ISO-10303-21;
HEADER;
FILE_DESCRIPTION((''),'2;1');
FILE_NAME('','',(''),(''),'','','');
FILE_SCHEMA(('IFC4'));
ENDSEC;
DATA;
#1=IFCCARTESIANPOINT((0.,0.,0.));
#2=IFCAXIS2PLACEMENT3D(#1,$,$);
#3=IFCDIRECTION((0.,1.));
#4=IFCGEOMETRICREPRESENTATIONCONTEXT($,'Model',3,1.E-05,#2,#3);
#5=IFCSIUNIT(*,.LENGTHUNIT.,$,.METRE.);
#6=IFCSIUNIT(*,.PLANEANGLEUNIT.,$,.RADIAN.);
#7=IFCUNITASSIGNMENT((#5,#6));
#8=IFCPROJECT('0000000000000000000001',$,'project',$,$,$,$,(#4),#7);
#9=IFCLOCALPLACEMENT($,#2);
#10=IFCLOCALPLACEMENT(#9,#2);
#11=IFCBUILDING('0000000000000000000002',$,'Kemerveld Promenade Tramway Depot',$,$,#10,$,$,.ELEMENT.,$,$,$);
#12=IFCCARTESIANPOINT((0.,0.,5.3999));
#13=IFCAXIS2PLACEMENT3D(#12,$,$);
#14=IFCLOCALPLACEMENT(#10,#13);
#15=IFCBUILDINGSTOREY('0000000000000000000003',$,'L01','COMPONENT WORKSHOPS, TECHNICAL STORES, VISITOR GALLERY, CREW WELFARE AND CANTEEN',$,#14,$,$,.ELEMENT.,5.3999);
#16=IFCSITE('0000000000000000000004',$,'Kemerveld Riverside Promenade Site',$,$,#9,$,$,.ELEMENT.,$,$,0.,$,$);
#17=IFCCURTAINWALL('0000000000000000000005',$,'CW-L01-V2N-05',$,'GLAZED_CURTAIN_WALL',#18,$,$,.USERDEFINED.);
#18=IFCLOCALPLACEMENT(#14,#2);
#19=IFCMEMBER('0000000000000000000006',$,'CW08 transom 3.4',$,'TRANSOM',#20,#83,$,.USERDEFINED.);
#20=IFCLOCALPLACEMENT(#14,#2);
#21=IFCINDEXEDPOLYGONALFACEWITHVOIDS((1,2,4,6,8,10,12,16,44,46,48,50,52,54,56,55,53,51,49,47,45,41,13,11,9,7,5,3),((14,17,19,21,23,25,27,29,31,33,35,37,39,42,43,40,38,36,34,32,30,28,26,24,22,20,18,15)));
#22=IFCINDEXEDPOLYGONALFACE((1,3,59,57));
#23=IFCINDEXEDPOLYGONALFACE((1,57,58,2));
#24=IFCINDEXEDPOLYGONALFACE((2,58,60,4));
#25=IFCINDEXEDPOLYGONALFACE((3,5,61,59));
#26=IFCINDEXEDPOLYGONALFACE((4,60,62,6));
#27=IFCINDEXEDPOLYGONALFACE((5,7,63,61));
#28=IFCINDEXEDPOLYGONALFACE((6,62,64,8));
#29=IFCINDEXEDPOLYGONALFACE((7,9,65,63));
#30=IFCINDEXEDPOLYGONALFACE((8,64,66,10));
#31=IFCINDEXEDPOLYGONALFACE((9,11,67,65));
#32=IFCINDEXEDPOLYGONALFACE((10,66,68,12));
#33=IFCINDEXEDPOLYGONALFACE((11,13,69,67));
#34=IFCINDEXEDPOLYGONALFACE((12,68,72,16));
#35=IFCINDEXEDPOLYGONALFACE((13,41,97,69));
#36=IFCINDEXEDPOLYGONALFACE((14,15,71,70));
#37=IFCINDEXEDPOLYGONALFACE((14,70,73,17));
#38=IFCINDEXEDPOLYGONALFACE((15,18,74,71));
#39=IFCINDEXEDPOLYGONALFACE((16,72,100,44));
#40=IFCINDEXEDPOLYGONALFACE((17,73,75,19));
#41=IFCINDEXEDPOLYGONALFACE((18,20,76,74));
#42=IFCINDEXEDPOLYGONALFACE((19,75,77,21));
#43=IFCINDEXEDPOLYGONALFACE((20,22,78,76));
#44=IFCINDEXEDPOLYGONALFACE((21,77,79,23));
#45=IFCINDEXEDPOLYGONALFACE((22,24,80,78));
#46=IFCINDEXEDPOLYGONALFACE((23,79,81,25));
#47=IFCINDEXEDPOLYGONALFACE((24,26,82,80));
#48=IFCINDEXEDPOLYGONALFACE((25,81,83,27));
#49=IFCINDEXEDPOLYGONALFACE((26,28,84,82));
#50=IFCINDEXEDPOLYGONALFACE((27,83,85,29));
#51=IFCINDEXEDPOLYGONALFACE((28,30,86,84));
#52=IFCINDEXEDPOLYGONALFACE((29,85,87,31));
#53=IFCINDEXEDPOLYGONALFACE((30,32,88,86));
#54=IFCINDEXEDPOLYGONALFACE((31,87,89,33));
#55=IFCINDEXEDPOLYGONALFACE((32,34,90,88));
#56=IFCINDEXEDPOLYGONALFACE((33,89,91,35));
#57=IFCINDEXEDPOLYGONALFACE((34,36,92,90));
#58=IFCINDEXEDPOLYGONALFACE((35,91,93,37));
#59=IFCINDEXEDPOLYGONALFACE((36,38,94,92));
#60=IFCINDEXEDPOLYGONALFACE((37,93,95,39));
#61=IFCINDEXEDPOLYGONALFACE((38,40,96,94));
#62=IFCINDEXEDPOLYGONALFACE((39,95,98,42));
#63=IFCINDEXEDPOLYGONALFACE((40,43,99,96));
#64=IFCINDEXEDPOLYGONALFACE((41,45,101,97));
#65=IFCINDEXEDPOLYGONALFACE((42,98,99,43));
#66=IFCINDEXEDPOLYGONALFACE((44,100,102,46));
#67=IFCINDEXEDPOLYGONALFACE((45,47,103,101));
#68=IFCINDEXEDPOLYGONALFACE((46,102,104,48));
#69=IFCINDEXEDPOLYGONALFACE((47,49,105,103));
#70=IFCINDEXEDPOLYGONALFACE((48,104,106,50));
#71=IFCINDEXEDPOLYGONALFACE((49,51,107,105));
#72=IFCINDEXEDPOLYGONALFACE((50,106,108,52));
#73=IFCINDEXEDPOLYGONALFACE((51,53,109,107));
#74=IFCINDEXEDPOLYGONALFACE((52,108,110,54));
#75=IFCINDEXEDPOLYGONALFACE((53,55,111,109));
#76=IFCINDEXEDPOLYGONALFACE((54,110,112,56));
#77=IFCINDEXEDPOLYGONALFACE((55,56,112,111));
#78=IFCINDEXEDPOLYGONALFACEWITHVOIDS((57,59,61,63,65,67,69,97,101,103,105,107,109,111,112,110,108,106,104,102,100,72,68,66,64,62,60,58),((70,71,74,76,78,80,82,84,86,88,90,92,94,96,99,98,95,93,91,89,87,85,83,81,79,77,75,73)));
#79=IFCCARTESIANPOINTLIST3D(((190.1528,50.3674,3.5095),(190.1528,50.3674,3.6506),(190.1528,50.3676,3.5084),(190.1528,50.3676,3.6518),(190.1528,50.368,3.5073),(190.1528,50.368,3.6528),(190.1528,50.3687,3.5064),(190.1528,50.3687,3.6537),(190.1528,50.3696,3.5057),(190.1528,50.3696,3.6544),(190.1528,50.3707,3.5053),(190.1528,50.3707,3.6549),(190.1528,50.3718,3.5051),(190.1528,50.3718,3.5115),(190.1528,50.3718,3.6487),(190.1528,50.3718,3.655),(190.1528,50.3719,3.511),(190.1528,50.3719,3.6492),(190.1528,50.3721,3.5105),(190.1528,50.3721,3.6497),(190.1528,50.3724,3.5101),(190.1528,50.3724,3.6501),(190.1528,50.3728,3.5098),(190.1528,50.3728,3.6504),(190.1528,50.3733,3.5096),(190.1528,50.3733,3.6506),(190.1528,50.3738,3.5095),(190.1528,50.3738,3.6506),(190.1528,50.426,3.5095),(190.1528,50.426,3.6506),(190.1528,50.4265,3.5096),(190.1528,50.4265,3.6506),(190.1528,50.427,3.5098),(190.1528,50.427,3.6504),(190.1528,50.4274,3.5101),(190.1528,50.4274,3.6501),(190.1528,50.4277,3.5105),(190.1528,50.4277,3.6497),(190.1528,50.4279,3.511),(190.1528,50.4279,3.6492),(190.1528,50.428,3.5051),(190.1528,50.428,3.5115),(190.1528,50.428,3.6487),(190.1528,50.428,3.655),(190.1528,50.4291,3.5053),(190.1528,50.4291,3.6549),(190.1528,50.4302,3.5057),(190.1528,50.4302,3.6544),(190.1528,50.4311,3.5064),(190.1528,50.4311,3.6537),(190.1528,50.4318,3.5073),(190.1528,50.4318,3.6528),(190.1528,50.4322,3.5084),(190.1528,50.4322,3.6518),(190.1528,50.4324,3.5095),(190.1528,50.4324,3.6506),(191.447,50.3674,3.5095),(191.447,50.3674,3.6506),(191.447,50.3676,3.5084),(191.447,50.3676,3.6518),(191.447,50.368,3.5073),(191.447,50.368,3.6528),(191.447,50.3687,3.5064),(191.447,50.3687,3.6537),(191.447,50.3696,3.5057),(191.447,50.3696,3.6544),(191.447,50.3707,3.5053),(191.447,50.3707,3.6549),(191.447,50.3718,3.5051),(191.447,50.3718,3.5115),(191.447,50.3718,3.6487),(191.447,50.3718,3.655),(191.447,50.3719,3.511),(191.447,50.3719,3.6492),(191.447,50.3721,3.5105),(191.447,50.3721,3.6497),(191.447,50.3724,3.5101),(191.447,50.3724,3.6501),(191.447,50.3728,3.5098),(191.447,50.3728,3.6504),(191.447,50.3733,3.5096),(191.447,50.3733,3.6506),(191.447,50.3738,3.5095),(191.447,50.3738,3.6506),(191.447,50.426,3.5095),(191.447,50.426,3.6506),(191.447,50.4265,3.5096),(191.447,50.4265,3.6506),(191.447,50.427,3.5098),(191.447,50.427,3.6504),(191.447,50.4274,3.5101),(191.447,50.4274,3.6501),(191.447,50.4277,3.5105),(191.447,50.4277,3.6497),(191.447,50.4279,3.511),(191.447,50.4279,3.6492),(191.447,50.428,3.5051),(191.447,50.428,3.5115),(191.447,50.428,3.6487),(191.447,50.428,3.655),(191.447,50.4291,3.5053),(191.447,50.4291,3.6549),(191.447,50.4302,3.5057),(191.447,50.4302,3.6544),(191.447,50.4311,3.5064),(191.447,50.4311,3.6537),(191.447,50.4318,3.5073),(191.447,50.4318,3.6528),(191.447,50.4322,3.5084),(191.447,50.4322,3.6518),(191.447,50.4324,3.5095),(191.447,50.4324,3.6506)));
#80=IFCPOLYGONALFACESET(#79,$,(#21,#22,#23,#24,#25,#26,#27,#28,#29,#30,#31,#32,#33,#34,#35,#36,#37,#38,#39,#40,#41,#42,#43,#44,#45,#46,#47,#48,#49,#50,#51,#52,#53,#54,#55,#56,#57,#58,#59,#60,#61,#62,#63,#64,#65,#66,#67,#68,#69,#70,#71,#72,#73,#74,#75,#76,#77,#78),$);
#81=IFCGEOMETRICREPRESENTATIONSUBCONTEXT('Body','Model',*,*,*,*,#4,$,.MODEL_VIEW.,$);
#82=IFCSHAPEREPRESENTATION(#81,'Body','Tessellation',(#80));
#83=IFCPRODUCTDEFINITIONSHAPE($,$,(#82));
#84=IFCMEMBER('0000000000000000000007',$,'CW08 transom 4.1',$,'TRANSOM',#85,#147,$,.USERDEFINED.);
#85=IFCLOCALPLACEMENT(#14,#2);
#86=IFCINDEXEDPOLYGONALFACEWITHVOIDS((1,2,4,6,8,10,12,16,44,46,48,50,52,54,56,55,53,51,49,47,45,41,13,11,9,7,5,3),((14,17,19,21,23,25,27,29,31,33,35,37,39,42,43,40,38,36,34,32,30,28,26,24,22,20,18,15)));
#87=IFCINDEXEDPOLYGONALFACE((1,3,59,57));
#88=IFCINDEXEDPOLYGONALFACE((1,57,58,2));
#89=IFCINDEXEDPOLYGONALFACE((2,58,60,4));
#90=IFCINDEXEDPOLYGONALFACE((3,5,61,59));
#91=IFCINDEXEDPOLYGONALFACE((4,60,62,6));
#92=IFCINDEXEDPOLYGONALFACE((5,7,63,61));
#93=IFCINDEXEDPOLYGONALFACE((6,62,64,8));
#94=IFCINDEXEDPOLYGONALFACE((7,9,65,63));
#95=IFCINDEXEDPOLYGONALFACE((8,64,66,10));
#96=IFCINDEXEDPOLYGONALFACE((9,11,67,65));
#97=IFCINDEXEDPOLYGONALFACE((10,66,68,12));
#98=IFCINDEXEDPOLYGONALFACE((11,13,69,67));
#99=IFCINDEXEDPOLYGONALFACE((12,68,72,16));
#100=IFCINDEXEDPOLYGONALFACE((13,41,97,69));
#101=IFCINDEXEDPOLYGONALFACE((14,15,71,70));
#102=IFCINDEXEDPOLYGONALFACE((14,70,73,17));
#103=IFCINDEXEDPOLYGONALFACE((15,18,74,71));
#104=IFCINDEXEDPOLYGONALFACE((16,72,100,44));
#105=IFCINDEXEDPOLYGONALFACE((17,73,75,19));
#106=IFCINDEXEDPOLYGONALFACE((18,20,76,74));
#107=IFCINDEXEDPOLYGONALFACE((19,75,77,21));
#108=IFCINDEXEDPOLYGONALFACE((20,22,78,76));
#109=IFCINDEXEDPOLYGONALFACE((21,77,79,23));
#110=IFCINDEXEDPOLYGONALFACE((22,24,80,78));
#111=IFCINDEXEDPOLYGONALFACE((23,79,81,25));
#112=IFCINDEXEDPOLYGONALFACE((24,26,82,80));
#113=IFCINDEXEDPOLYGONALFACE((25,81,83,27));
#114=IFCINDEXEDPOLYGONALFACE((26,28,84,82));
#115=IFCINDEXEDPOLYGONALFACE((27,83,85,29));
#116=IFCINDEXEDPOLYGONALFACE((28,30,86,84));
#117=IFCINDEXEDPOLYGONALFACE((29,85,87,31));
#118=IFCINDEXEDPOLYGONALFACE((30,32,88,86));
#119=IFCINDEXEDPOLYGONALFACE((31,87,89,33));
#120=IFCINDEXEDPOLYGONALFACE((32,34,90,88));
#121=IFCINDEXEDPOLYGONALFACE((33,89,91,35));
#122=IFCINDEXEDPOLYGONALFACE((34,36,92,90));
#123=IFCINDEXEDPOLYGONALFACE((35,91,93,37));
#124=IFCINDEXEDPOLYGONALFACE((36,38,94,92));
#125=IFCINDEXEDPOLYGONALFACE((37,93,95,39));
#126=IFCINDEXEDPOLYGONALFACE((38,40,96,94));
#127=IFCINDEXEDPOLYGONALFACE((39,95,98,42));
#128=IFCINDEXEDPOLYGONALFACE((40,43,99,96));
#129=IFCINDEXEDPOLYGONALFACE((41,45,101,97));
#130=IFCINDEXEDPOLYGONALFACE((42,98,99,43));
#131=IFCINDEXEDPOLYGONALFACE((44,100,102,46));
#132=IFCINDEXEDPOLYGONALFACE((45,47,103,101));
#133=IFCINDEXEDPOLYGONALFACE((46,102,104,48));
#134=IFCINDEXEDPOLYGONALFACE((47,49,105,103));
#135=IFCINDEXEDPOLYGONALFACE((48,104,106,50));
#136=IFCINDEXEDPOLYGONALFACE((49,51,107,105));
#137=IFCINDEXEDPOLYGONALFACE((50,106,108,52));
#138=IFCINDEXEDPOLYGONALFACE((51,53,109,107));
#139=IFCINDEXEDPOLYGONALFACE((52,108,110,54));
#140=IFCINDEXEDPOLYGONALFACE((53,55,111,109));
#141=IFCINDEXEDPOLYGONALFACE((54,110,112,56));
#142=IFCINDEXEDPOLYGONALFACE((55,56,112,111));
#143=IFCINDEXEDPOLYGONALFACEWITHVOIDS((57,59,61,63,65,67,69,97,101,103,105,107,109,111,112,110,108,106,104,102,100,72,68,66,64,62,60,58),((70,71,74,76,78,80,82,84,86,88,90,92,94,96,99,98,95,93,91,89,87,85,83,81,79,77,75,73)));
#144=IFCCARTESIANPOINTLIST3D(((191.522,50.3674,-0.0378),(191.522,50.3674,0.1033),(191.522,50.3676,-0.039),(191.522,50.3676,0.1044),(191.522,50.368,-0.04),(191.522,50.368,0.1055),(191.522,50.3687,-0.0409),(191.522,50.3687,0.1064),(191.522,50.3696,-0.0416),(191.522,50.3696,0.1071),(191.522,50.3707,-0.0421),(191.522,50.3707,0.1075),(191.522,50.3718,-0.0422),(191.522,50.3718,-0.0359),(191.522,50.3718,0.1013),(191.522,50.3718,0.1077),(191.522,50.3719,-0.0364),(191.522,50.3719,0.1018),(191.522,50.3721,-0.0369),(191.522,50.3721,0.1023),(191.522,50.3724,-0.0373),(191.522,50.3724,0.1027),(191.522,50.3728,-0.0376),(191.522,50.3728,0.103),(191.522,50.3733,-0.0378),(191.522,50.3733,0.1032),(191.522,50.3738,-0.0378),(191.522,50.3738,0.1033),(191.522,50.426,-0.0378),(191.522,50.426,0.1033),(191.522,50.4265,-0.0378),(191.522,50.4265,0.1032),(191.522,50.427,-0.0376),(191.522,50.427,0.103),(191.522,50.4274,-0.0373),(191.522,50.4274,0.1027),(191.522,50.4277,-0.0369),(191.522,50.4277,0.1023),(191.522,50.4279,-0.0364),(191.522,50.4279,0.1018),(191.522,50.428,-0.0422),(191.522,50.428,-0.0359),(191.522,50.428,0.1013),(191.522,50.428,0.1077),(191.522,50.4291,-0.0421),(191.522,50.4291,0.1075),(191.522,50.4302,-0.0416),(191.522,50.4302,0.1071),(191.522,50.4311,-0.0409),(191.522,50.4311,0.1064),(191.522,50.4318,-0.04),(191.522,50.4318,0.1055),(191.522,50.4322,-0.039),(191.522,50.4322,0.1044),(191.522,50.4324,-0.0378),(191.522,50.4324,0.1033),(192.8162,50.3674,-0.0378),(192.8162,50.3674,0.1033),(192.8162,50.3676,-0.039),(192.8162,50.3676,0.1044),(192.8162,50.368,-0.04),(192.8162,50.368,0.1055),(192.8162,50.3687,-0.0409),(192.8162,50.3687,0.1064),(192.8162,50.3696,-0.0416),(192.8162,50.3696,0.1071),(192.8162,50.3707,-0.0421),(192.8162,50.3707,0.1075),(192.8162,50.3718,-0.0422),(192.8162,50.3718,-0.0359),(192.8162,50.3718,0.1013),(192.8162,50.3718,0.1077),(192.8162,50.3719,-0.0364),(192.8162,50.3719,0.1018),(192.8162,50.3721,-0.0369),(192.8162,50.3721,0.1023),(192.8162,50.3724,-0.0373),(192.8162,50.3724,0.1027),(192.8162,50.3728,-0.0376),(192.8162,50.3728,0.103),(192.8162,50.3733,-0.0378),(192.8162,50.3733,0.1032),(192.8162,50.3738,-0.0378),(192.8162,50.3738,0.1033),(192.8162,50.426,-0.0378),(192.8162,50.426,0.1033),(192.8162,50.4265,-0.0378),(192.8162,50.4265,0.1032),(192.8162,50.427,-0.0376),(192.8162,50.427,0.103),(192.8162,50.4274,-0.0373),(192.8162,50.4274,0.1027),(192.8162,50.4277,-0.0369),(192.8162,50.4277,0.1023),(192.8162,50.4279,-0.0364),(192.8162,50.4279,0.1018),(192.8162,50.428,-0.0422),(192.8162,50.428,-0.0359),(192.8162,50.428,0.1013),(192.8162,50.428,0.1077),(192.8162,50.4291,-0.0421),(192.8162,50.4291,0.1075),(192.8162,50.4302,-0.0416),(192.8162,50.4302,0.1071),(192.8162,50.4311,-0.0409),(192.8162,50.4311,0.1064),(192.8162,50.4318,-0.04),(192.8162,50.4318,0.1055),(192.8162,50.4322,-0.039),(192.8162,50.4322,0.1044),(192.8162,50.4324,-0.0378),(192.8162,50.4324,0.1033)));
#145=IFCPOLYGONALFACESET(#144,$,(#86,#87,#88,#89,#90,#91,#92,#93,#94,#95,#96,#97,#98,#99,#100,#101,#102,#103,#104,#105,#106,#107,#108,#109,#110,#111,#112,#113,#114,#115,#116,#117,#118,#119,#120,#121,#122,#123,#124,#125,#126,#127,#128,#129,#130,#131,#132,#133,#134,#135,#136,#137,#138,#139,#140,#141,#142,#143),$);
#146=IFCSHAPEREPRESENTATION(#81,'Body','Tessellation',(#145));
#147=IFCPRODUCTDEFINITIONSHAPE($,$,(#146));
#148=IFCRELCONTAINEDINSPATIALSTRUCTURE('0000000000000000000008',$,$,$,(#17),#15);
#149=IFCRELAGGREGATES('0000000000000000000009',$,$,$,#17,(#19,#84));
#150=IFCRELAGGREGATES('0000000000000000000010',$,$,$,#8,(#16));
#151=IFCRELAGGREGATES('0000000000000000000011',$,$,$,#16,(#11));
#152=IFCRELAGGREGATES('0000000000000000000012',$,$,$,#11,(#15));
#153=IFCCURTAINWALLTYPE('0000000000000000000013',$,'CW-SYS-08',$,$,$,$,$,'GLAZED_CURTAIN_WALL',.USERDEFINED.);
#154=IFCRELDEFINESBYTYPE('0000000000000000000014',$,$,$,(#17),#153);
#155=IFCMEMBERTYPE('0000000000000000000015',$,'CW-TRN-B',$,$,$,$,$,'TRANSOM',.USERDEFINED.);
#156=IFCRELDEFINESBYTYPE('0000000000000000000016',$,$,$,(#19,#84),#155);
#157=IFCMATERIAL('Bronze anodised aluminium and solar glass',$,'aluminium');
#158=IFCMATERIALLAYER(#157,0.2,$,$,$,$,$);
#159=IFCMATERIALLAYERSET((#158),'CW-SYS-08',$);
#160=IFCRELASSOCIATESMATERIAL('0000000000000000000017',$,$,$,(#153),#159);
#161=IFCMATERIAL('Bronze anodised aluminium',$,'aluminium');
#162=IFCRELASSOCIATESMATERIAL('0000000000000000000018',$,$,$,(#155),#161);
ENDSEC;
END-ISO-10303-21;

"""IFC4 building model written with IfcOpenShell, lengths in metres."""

from ifc_helpers import new_model, si_unit, direction, frame, origin, origin_2d, place, context, subcontext, project, spatial, hollow_rectangle, extrude, material, layer, layer_set, material_profile, profile_set, type_object, element, aggregate, save


model = new_model("IFC4")

# Units and contexts
model_context = context("Model", 3, precision=1e-05, world=origin(), true_north=direction((0.0, 1.0)))
body_context = subcontext(model_context, "Body", "Model", "MODEL_VIEW")
ifc_project = project(units=[si_unit("LENGTHUNIT", "METRE"), si_unit("PLANEANGLEUNIT", "RADIAN")], contexts=[model_context])

# Site, building, storey
site_placement = place(None, origin())
site = spatial("IfcSite", under=ifc_project, at=site_placement, Name="Kemerveld Riverside Promenade Site", CompositionType="ELEMENT", RefElevation=0.0)
building_placement = place(site_placement, origin())
building = spatial("IfcBuilding", under=site, at=building_placement, Name="Kemerveld Promenade Tramway Depot", CompositionType="ELEMENT")
storey_placement = place(building_placement, frame((0.0, 0.0, 5.3999)))
storey = spatial("IfcBuildingStorey", under=building, at=storey_placement, Name="L01", Description="COMPONENT WORKSHOPS, TECHNICAL STORES, VISITOR GALLERY, CREW WELFARE AND CANTEEN", CompositionType="ELEMENT", Elevation=5.3999)

# Curtain wall
ifc_material_1 = material(Name="Bronze anodised aluminium and solar glass", Category="aluminium")
ifc_layer_1 = layer(ifc_material_1, 0.2)
ifc_layer_set_1 = layer_set([ifc_layer_1], Name="CW-SYS-08")
curtain_wall_type_1 = type_object("IfcCurtainWallType", Name="CW-SYS-08", ElementType="GLAZED_CURTAIN_WALL", PredefinedType="USERDEFINED", material=ifc_layer_set_1)
curtain_wall_1_placement = place(storey_placement, origin())
curtain_wall_1 = element("IfcCurtainWall", 1, at=curtain_wall_1_placement, inside=storey, type_object=curtain_wall_type_1, Name="CW-L01-V2N-05", ObjectType="GLAZED_CURTAIN_WALL", PredefinedType="USERDEFINED")
ifc_material_2 = material(Name="Bronze anodised aluminium", Category="aluminium")

# Members
ifc_material_profile_1 = material_profile(ifc_material_2, hollow_rectangle(XDim=0.0649, YDim=0.1499, WallThickness=0.0044, InnerFilletRadius=0.002, OuterFilletRadius=0.0044, at=origin_2d()), Name="CW-TRN-150x65")
ifc_profile_set_1 = profile_set([ifc_material_profile_1], Name="Bronze anodised aluminium")
member_type_1 = type_object("IfcMemberType", Name="CW-TRN-B", ElementType="TRANSOM", PredefinedType="USERDEFINED", material=ifc_profile_set_1)
member_1_placement = place(storey_placement, frame((190.1528, 50.3999, 3.5801), z_axis=(1.0, 0.0, 0.0), x_axis=(0.0, 1.0, 0.0)))
member_1 = element("IfcMember", 2, at=member_1_placement, type_object=member_type_1, Name="CW08 transom 3.4", ObjectType="TRANSOM", PredefinedType="USERDEFINED", context=body_context, shape_type="SweptSolid", body=[
    extrude(hollow_rectangle(XDim=0.0649, YDim=0.1499, WallThickness=0.0044, InnerFilletRadius=0.002, OuterFilletRadius=0.0044, at=origin_2d()), origin(), (0.0, 0.0, 1.0), 1.2942),
])
member_2_placement = place(storey_placement, frame((191.522, 50.3999, 0.0327), z_axis=(1.0, 0.0, 0.0), x_axis=(0.0, 1.0, 0.0)))
member_2 = element("IfcMember", 3, at=member_2_placement, type_object=member_type_1, Name="CW08 transom 4.1", ObjectType="TRANSOM", PredefinedType="USERDEFINED", context=body_context, shape_type="SweptSolid", body=[
    extrude(hollow_rectangle(XDim=0.0649, YDim=0.1499, WallThickness=0.0044, InnerFilletRadius=0.002, OuterFilletRadius=0.0044, at=origin_2d()), origin(), (0.0, 0.0, 1.0), 1.2942),
])

aggregate(curtain_wall_1, [member_1, member_2])

save(model, "model.ifc")
